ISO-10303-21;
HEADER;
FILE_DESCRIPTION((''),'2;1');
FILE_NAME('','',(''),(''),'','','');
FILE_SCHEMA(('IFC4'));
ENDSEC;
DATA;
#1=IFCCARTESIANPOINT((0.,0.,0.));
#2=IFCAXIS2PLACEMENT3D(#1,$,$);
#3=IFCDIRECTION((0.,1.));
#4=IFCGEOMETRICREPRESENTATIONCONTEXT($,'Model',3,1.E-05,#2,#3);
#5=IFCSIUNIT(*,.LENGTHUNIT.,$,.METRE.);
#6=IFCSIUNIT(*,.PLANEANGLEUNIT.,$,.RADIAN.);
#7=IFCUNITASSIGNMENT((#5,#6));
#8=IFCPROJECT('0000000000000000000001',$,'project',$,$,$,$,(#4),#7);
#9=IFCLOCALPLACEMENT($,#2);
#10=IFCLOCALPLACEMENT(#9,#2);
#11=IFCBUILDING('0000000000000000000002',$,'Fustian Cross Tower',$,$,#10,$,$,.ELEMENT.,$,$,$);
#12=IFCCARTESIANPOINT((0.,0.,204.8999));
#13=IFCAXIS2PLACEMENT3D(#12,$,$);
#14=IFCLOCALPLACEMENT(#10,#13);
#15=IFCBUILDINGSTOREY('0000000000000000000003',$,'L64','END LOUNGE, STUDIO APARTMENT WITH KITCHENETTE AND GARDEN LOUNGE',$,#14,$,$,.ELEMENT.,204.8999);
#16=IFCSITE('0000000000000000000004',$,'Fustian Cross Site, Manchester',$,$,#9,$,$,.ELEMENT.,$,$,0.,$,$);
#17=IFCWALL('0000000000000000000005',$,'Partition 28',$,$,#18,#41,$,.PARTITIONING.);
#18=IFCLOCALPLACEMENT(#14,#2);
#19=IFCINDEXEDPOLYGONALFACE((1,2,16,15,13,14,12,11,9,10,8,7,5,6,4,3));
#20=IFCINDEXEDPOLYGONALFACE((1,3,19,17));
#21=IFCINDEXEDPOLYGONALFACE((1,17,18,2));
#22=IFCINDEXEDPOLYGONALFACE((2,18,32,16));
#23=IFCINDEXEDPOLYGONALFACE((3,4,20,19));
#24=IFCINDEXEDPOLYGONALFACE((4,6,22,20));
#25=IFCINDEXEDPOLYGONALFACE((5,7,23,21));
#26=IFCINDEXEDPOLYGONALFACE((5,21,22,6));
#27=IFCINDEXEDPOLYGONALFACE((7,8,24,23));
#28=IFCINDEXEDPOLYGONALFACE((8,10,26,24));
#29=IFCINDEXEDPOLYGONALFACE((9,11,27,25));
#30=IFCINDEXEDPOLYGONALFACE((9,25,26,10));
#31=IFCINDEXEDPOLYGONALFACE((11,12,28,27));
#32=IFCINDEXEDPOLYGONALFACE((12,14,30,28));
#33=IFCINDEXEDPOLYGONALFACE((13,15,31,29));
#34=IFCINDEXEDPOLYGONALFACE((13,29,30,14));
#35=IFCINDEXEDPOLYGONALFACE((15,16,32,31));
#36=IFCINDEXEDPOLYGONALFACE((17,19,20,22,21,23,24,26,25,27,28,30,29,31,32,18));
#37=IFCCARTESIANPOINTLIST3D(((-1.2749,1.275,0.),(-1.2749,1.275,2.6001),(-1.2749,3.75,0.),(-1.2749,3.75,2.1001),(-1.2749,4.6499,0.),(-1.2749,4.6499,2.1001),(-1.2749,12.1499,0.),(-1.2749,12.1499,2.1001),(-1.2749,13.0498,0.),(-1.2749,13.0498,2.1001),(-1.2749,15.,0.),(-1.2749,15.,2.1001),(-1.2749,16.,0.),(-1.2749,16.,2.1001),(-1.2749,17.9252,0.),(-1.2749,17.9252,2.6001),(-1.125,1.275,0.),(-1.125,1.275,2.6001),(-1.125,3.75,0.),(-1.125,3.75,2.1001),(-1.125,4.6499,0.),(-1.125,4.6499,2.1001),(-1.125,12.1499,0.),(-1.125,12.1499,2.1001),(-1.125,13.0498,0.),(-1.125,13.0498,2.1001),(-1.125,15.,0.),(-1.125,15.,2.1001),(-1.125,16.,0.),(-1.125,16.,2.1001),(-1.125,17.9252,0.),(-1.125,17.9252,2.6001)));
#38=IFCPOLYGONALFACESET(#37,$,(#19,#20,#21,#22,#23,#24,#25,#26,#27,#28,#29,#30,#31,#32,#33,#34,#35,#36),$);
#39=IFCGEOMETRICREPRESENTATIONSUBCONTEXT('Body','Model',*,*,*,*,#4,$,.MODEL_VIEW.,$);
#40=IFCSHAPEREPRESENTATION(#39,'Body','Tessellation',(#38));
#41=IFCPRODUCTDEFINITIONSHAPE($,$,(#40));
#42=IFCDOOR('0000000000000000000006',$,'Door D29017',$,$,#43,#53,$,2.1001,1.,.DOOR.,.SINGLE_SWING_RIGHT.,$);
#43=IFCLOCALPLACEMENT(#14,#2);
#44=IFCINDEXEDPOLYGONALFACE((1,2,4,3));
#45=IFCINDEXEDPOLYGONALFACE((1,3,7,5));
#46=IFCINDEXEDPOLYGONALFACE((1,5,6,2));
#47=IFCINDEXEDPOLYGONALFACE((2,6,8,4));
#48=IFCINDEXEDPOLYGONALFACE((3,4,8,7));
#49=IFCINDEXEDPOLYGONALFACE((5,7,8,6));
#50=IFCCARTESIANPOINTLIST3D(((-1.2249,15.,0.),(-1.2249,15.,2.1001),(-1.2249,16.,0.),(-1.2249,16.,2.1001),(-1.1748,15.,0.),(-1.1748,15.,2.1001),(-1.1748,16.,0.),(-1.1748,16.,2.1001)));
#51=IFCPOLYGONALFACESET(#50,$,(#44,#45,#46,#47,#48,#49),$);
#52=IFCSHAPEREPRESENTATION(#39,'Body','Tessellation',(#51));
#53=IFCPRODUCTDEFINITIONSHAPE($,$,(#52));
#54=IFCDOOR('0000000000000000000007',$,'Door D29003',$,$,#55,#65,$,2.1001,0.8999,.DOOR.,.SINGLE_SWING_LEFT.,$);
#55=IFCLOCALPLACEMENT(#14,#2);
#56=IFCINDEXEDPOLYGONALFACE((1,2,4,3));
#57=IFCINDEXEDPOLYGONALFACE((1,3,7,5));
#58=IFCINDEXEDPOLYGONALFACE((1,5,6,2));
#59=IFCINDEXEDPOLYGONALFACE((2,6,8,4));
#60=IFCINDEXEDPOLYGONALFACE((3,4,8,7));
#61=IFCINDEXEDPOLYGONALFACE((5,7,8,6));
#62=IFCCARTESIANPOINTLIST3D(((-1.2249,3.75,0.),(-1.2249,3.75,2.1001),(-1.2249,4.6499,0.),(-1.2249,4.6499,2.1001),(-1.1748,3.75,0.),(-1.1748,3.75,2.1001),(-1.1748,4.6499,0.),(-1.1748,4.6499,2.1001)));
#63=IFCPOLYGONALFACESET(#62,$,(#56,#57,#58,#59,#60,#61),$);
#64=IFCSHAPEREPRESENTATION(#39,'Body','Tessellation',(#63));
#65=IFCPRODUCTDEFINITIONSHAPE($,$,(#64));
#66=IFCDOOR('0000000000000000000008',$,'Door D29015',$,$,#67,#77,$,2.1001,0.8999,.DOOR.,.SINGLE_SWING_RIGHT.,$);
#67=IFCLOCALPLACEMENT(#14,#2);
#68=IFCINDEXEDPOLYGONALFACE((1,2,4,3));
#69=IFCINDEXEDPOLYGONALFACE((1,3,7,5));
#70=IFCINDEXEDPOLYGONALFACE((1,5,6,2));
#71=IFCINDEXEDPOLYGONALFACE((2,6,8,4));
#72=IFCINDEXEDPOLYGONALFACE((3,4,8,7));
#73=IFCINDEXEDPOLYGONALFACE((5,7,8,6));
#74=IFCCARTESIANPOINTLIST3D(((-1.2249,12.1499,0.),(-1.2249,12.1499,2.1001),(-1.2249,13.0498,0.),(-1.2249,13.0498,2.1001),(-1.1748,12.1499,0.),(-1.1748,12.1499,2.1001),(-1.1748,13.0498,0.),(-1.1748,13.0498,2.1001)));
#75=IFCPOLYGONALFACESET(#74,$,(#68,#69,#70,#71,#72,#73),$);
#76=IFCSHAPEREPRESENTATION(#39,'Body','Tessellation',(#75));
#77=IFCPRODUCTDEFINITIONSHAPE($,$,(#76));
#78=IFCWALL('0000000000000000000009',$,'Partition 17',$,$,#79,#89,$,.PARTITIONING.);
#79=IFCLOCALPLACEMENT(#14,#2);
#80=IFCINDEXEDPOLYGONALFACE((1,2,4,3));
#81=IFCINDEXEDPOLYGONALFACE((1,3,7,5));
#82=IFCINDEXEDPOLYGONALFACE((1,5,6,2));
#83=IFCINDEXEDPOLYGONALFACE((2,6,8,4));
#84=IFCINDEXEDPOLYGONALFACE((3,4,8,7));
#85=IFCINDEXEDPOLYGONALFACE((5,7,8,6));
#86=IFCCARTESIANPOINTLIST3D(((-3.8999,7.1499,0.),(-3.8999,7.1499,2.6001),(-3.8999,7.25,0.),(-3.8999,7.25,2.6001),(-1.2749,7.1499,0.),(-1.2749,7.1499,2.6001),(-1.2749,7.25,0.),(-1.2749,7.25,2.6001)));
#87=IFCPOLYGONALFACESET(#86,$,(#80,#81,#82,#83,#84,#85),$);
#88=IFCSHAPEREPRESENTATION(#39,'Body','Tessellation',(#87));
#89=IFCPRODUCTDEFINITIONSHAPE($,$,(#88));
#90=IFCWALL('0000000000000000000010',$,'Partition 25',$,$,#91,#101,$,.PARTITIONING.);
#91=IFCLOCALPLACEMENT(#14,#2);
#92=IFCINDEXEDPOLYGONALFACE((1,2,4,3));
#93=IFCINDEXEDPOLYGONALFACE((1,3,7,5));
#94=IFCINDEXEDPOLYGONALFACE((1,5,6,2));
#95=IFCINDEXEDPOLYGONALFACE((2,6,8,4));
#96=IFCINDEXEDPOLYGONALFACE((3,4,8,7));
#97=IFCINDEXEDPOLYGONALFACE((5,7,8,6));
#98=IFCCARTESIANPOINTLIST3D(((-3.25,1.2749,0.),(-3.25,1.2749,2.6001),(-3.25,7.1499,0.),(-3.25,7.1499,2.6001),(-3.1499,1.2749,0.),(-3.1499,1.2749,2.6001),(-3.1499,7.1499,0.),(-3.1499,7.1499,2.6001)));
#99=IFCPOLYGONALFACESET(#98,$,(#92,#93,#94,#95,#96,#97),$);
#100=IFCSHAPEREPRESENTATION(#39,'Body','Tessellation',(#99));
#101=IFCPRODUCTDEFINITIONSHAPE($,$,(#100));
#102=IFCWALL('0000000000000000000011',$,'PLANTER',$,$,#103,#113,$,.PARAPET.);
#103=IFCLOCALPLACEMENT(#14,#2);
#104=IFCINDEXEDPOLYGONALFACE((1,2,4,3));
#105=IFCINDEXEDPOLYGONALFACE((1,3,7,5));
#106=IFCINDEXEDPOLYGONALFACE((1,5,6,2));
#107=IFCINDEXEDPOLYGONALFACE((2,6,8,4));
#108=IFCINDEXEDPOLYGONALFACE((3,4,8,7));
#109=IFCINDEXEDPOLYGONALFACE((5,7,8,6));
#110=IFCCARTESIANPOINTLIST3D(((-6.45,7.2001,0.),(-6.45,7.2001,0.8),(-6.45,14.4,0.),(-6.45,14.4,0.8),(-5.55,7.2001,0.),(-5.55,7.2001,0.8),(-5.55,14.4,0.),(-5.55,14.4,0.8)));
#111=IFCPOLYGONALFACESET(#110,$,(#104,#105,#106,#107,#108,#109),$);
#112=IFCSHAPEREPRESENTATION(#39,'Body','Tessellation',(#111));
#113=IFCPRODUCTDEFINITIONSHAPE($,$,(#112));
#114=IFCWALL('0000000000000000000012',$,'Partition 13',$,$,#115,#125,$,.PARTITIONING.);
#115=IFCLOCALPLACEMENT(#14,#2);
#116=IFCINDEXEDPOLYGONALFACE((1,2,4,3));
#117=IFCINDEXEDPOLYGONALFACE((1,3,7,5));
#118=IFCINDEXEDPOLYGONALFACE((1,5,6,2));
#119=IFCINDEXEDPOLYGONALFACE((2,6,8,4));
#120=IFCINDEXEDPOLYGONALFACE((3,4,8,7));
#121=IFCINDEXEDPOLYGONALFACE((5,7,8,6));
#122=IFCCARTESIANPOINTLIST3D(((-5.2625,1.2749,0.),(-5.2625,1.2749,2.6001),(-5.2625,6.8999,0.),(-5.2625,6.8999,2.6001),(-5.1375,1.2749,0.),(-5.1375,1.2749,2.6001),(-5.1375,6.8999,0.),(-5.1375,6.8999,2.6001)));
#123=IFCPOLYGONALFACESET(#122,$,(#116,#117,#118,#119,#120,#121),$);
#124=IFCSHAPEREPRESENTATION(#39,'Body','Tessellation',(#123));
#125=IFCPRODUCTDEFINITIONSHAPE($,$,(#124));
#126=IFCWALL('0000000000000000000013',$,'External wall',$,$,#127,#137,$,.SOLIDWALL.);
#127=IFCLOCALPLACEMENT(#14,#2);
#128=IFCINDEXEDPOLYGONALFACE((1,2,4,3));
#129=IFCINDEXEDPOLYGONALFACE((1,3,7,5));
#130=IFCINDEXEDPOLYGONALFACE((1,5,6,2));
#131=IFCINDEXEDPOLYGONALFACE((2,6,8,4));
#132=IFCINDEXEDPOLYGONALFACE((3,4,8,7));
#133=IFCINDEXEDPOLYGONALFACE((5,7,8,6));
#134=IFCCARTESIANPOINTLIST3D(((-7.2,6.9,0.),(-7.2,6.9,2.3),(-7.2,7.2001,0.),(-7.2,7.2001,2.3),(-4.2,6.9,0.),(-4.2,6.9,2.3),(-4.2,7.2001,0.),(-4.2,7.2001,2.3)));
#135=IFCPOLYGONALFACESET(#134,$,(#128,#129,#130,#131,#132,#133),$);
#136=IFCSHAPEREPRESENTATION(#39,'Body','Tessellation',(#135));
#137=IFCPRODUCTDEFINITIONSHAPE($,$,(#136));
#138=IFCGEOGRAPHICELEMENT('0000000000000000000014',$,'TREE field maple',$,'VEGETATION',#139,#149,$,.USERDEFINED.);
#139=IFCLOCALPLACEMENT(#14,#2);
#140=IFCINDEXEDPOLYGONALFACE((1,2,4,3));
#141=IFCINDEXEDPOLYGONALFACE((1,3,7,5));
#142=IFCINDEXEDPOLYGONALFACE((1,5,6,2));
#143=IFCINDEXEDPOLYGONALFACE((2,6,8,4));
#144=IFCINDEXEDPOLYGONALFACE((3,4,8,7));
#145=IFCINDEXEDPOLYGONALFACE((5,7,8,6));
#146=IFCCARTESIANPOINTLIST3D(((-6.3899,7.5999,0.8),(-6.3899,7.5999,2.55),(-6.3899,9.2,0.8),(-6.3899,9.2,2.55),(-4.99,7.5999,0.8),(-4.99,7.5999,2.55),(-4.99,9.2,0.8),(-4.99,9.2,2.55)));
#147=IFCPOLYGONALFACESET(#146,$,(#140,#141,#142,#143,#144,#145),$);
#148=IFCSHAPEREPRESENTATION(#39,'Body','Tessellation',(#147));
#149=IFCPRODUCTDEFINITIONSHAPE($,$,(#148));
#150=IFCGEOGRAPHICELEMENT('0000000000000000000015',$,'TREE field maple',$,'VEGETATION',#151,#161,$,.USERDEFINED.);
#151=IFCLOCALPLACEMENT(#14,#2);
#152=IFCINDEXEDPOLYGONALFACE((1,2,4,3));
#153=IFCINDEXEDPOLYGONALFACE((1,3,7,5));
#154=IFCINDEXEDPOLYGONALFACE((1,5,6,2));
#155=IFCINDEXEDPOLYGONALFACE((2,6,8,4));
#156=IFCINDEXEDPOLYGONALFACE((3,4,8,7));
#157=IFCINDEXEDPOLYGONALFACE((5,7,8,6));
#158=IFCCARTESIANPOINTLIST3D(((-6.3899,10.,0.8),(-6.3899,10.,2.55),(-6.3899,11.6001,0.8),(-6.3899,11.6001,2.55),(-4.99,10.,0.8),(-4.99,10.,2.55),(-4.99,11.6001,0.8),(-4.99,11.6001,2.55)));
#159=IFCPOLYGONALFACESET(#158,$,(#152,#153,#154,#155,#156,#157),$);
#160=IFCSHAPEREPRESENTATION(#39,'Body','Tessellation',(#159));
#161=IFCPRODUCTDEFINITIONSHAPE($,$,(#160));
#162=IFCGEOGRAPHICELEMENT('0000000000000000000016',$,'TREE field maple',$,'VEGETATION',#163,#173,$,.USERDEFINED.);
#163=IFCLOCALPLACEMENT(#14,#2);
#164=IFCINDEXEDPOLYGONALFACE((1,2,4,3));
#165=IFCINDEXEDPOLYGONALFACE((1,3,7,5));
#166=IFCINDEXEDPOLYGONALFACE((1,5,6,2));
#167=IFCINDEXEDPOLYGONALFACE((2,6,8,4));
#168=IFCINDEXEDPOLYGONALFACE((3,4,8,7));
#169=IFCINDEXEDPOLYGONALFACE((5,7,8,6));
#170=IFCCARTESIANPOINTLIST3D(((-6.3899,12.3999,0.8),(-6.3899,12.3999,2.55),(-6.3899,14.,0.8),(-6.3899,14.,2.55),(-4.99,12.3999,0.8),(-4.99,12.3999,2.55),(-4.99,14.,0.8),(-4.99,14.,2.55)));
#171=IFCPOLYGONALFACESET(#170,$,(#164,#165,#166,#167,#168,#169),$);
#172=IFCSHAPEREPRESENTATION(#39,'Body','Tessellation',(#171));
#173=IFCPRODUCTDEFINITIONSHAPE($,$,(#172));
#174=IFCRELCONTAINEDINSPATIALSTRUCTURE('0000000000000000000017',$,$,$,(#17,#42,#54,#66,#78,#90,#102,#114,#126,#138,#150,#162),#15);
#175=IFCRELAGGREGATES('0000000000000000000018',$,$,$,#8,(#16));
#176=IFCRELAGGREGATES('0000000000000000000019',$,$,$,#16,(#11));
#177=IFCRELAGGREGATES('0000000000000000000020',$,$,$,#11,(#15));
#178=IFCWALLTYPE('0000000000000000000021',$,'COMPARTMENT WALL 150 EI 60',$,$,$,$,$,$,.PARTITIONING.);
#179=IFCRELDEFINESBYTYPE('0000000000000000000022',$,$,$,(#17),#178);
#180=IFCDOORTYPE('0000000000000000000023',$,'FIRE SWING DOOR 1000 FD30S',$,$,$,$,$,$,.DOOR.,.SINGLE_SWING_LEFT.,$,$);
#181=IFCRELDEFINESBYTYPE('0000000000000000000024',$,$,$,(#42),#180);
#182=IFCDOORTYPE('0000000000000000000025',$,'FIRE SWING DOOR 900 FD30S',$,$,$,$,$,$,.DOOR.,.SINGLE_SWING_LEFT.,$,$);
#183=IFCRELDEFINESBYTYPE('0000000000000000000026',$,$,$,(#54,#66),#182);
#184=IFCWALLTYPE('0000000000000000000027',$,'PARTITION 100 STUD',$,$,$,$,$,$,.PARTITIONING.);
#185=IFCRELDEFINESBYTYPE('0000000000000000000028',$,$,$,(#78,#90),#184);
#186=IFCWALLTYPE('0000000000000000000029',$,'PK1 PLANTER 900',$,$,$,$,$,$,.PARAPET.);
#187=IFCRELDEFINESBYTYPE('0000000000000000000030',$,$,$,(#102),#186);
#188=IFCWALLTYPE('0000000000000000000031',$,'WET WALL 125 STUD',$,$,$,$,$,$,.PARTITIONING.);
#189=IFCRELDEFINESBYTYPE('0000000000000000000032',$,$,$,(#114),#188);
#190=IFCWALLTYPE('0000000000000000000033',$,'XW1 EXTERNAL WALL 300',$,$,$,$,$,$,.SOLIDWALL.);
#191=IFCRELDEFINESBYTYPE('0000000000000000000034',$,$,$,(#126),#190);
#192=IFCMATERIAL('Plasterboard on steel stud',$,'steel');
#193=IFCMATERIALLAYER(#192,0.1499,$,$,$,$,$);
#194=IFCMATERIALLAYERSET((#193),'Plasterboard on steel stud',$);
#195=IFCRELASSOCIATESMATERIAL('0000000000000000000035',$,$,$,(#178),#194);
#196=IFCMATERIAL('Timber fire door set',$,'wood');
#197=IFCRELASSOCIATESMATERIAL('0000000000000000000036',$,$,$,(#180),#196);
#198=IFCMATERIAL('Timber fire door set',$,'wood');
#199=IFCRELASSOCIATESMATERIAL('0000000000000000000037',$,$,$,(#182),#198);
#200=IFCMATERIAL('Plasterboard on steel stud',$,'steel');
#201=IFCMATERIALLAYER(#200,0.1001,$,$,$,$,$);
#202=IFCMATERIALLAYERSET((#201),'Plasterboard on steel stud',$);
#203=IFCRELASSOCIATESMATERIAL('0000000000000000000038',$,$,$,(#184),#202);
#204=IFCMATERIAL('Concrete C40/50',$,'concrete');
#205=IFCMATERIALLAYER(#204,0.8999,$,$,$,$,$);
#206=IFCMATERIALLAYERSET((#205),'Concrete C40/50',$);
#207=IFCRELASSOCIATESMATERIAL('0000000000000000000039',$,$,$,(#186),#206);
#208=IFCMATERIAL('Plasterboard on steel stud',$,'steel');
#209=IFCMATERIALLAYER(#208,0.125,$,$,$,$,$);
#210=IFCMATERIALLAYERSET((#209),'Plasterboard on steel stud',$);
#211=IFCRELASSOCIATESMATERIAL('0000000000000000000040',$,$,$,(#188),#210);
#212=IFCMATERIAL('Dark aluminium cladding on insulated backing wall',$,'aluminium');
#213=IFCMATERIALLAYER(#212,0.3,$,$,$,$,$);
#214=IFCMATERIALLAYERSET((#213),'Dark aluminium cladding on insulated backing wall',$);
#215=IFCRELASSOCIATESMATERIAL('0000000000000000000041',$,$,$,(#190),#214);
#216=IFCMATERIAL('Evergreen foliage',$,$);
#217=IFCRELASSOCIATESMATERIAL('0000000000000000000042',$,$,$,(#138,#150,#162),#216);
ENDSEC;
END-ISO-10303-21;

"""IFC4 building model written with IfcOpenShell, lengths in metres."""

from ifc_helpers import new_model, si_unit, direction, frame, frame_2d, origin, origin_2d, place, context, subcontext, project, spatial, rectangle, extrude, material, layer, layer_set, type_object, element, fill, save


model = new_model("IFC4")

# Units and contexts
model_context = context("Model", 3, precision=1e-05, world=origin(), true_north=direction((0.0, 1.0)))
body_context = subcontext(model_context, "Body", "Model", "MODEL_VIEW")
ifc_project = project(units=[si_unit("LENGTHUNIT", "METRE"), si_unit("PLANEANGLEUNIT", "RADIAN")], contexts=[model_context])

# Site, building, storey
site_placement = place(None, origin())
site = spatial("IfcSite", under=ifc_project, at=site_placement, Name="Fustian Cross Site, Manchester", CompositionType="ELEMENT", RefElevation=0.0)
building_placement = place(site_placement, origin())
building = spatial("IfcBuilding", under=site, at=building_placement, Name="Fustian Cross Tower", CompositionType="ELEMENT")
storey_placement = place(building_placement, frame((0.0, 0.0, 204.8999)))
storey = spatial("IfcBuildingStorey", under=building, at=storey_placement, Name="L64", Description="END LOUNGE, STUDIO APARTMENT WITH KITCHENETTE AND GARDEN LOUNGE", CompositionType="ELEMENT", Elevation=204.8999)

# Wall, openings, doors
ifc_material_1 = material(Name="Plasterboard on steel stud", Category="steel")
ifc_layer_1 = layer(ifc_material_1, 0.1499)
ifc_layer_set_1 = layer_set([ifc_layer_1], Name="Plasterboard on steel stud")
wall_type_1 = type_object("IfcWallType", Name="COMPARTMENT WALL 150 EI 60", PredefinedType="PARTITIONING", material=ifc_layer_set_1)
wall_1_placement = place(storey_placement, frame((-1.2, 1.2749, 0.0), z_axis=(0.0, 0.0, 1.0), x_axis=(0.0, 1.0, 0.0)))
wall_1 = element("IfcWall", 1, at=wall_1_placement, inside=storey, type_object=wall_type_1, Name="Partition 28", PredefinedType="PARTITIONING", context=body_context, shape_type="SweptSolid", body=[
    extrude(rectangle(XDim=16.6501, YDim=0.1499, at=frame_2d((8.3252, 0.0))), origin(), (0.0, 0.0, 1.0), 2.6001),
])
opening_1_placement = place(wall_1_placement, frame((2.4751, 0.0, 0.0)))
opening_1 = element("IfcOpeningElement", 2, at=opening_1_placement, cuts=wall_1, PredefinedType="OPENING", context=body_context, shape_type="SweptSolid", body=[
    extrude(rectangle(XDim=0.8999, YDim=2.1001, at=frame_2d((0.45, 1.05))), frame((0.0, 0.085, 0.0), z_axis=(0.0, -1.0, 0.0), x_axis=(1.0, 0.0, 0.0)), (0.0, 0.0, 1.0), 0.1699),
])
opening_2_placement = place(wall_1_placement, frame((10.875, 0.0, 0.0)))
opening_2 = element("IfcOpeningElement", 3, at=opening_2_placement, cuts=wall_1, PredefinedType="OPENING", context=body_context, shape_type="SweptSolid", body=[
    extrude(rectangle(XDim=0.8999, YDim=2.1001, at=frame_2d((0.45, 1.05))), frame((0.0, 0.085, 0.0), z_axis=(0.0, -1.0, 0.0), x_axis=(1.0, 0.0, 0.0)), (0.0, 0.0, 1.0), 0.1699),
])
opening_3_placement = place(wall_1_placement, frame((13.7251, 0.0, 0.0)))
opening_3 = element("IfcOpeningElement", 4, at=opening_3_placement, cuts=wall_1, PredefinedType="OPENING", context=body_context, shape_type="SweptSolid", body=[
    extrude(rectangle(XDim=1.0, YDim=2.1001, at=frame_2d((0.5, 1.05))), frame((0.0, 0.085, 0.0), z_axis=(0.0, -1.0, 0.0), x_axis=(1.0, 0.0, 0.0)), (0.0, 0.0, 1.0), 0.1699),
])
ifc_material_2 = material(Name="Timber fire door set", Category="wood")
door_type_1 = type_object("IfcDoorType", Name="FIRE SWING DOOR 1000 FD30S", OperationType="SINGLE_SWING_LEFT", PredefinedType="DOOR", material=ifc_material_2)
door_1_placement = place(opening_3_placement, origin())
door_1 = element("IfcDoor", 5, at=door_1_placement, inside=storey, type_object=door_type_1, Name="Door D29017", OperationType="SINGLE_SWING_RIGHT", OverallHeight=2.1001, OverallWidth=1.0, PredefinedType="DOOR", context=body_context, shape_type="SweptSolid", body=[
    extrude(rectangle(XDim=1.0, YDim=2.1001, at=frame_2d((0.5, 1.05))), frame((0.0, 0.0249, 0.0), z_axis=(0.0, -1.0, 0.0), x_axis=(1.0, 0.0, 0.0)), (0.0, 0.0, 1.0), 0.05),
])
fill(opening_3, door_1)
ifc_material_3 = material(Name="Timber fire door set", Category="wood")
door_type_2 = type_object("IfcDoorType", Name="FIRE SWING DOOR 900 FD30S", OperationType="SINGLE_SWING_LEFT", PredefinedType="DOOR", material=ifc_material_3)
door_2_placement = place(opening_1_placement, origin())
door_2 = element("IfcDoor", 6, at=door_2_placement, inside=storey, type_object=door_type_2, Name="Door D29003", OperationType="SINGLE_SWING_LEFT", OverallHeight=2.1001, OverallWidth=0.8999, PredefinedType="DOOR", context=body_context, shape_type="SweptSolid", body=[
    extrude(rectangle(XDim=0.8999, YDim=2.1001, at=frame_2d((0.45, 1.05))), frame((0.0, 0.0249, 0.0), z_axis=(0.0, -1.0, 0.0), x_axis=(1.0, 0.0, 0.0)), (0.0, 0.0, 1.0), 0.05),
])
fill(opening_1, door_2)
door_3_placement = place(opening_2_placement, origin())
door_3 = element("IfcDoor", 7, at=door_3_placement, inside=storey, type_object=door_type_2, Name="Door D29015", OperationType="SINGLE_SWING_RIGHT", OverallHeight=2.1001, OverallWidth=0.8999, PredefinedType="DOOR", context=body_context, shape_type="SweptSolid", body=[
    extrude(rectangle(XDim=0.8999, YDim=2.1001, at=frame_2d((0.45, 1.05))), frame((0.0, 0.0249, 0.0), z_axis=(0.0, -1.0, 0.0), x_axis=(1.0, 0.0, 0.0)), (0.0, 0.0, 1.0), 0.05),
])
fill(opening_2, door_3)

# Walls
ifc_material_4 = material(Name="Plasterboard on steel stud", Category="steel")
ifc_layer_2 = layer(ifc_material_4, 0.1001)
ifc_layer_set_2 = layer_set([ifc_layer_2], Name="Plasterboard on steel stud")
wall_type_2 = type_object("IfcWallType", Name="PARTITION 100 STUD", PredefinedType="PARTITIONING", material=ifc_layer_set_2)
wall_2_placement = place(storey_placement, frame((-3.8999, 7.2, 0.0), z_axis=(0.0, 0.0, 1.0), x_axis=(1.0, 0.0, 0.0)))
element("IfcWall", 8, at=wall_2_placement, inside=storey, type_object=wall_type_2, Name="Partition 17", PredefinedType="PARTITIONING", context=body_context, shape_type="SweptSolid", body=[
    extrude(rectangle(XDim=2.625, YDim=0.1001, at=frame_2d((1.3125, 0.0))), origin(), (0.0, 0.0, 1.0), 2.6001),
])
wall_3_placement = place(storey_placement, frame((-3.2, 1.2749, 0.0), z_axis=(0.0, 0.0, 1.0), x_axis=(0.0, 1.0, 0.0)))
element("IfcWall", 9, at=wall_3_placement, inside=storey, type_object=wall_type_2, Name="Partition 25", PredefinedType="PARTITIONING", context=body_context, shape_type="SweptSolid", body=[
    extrude(rectangle(XDim=5.875, YDim=0.1001, at=frame_2d((2.9375, 0.0))), origin(), (0.0, 0.0, 1.0), 2.6001),
])
ifc_material_5 = material(Name="Concrete C40/50", Category="concrete")
ifc_layer_3 = layer(ifc_material_5, 0.8999)
ifc_layer_set_3 = layer_set([ifc_layer_3], Name="Concrete C40/50")
wall_type_3 = type_object("IfcWallType", Name="PK1 PLANTER 900", PredefinedType="PARAPET", material=ifc_layer_set_3)
wall_4_placement = place(storey_placement, frame((-6.0, 7.2, 0.0), z_axis=(0.0, 0.0, 1.0), x_axis=(0.0, 1.0, 0.0)))
element("IfcWall", 10, at=wall_4_placement, inside=storey, type_object=wall_type_3, Name="PLANTER", PredefinedType="PARAPET", context=body_context, shape_type="SweptSolid", body=[
    extrude(rectangle(XDim=7.2, YDim=0.8999, at=frame_2d((3.6001, 0.0))), origin(), (0.0, 0.0, 1.0), 0.8),
])
ifc_material_6 = material(Name="Plasterboard on steel stud", Category="steel")
ifc_layer_4 = layer(ifc_material_6, 0.125)
ifc_layer_set_4 = layer_set([ifc_layer_4], Name="Plasterboard on steel stud")
wall_type_4 = type_object("IfcWallType", Name="WET WALL 125 STUD", PredefinedType="PARTITIONING", material=ifc_layer_set_4)
wall_5_placement = place(storey_placement, frame((-5.2, 1.2749, 0.0), z_axis=(0.0, 0.0, 1.0), x_axis=(0.0, 1.0, 0.0)))
element("IfcWall", 11, at=wall_5_placement, inside=storey, type_object=wall_type_4, Name="Partition 13", PredefinedType="PARTITIONING", context=body_context, shape_type="SweptSolid", body=[
    extrude(rectangle(XDim=5.625, YDim=0.125, at=frame_2d((2.8125, 0.0))), origin(), (0.0, 0.0, 1.0), 2.6001),
])
ifc_material_7 = material(Name="Dark aluminium cladding on insulated backing wall", Category="aluminium")
ifc_layer_5 = layer(ifc_material_7, 0.3)
ifc_layer_set_5 = layer_set([ifc_layer_5], Name="Dark aluminium cladding on insulated backing wall")
wall_type_5 = type_object("IfcWallType", Name="XW1 EXTERNAL WALL 300", PredefinedType="SOLIDWALL", material=ifc_layer_set_5)
wall_6_placement = place(storey_placement, frame((-4.2, 7.05, 0.0), z_axis=(0.0, 0.0, 1.0), x_axis=(-1.0, 0.0, 0.0)))
element("IfcWall", 12, at=wall_6_placement, inside=storey, type_object=wall_type_5, Name="External wall", PredefinedType="SOLIDWALL", context=body_context, shape_type="SweptSolid", body=[
    extrude(rectangle(XDim=3.0, YDim=0.3, at=frame_2d((1.5, 0.0))), origin(), (0.0, 0.0, 1.0), 2.3),
])

# Geographic elements
ifc_material_8 = material(Name="Evergreen foliage")
for number, where, z_axis, x_axis, name in (
    (13, (-5.6899, 8.3999, 0.8), (0.0, 0.0, 1.0), (1.0, 0.0, 0.0), "TREE field maple"),
    (14, (-5.6899, 10.8, 0.8), (0.0, 0.0, 1.0), (1.0, 0.0, 0.0), "TREE field maple"),
    (15, (-5.6899, 13.2, 0.8), (0.0, 0.0, 1.0), (1.0, 0.0, 0.0), "TREE field maple"),
):
    element("IfcGeographicElement", number, at=place(storey_placement, frame(where, z_axis=z_axis, x_axis=x_axis)), inside=storey, material=ifc_material_8, Name=name, ObjectType="VEGETATION", PredefinedType="USERDEFINED", context=body_context, shape_type="SweptSolid", body=[
        extrude(rectangle(XDim=1.3999, YDim=1.6001, at=origin_2d()), origin(), (0.0, 0.0, 1.0), 1.75),
    ])

save(model, "model.ifc")
